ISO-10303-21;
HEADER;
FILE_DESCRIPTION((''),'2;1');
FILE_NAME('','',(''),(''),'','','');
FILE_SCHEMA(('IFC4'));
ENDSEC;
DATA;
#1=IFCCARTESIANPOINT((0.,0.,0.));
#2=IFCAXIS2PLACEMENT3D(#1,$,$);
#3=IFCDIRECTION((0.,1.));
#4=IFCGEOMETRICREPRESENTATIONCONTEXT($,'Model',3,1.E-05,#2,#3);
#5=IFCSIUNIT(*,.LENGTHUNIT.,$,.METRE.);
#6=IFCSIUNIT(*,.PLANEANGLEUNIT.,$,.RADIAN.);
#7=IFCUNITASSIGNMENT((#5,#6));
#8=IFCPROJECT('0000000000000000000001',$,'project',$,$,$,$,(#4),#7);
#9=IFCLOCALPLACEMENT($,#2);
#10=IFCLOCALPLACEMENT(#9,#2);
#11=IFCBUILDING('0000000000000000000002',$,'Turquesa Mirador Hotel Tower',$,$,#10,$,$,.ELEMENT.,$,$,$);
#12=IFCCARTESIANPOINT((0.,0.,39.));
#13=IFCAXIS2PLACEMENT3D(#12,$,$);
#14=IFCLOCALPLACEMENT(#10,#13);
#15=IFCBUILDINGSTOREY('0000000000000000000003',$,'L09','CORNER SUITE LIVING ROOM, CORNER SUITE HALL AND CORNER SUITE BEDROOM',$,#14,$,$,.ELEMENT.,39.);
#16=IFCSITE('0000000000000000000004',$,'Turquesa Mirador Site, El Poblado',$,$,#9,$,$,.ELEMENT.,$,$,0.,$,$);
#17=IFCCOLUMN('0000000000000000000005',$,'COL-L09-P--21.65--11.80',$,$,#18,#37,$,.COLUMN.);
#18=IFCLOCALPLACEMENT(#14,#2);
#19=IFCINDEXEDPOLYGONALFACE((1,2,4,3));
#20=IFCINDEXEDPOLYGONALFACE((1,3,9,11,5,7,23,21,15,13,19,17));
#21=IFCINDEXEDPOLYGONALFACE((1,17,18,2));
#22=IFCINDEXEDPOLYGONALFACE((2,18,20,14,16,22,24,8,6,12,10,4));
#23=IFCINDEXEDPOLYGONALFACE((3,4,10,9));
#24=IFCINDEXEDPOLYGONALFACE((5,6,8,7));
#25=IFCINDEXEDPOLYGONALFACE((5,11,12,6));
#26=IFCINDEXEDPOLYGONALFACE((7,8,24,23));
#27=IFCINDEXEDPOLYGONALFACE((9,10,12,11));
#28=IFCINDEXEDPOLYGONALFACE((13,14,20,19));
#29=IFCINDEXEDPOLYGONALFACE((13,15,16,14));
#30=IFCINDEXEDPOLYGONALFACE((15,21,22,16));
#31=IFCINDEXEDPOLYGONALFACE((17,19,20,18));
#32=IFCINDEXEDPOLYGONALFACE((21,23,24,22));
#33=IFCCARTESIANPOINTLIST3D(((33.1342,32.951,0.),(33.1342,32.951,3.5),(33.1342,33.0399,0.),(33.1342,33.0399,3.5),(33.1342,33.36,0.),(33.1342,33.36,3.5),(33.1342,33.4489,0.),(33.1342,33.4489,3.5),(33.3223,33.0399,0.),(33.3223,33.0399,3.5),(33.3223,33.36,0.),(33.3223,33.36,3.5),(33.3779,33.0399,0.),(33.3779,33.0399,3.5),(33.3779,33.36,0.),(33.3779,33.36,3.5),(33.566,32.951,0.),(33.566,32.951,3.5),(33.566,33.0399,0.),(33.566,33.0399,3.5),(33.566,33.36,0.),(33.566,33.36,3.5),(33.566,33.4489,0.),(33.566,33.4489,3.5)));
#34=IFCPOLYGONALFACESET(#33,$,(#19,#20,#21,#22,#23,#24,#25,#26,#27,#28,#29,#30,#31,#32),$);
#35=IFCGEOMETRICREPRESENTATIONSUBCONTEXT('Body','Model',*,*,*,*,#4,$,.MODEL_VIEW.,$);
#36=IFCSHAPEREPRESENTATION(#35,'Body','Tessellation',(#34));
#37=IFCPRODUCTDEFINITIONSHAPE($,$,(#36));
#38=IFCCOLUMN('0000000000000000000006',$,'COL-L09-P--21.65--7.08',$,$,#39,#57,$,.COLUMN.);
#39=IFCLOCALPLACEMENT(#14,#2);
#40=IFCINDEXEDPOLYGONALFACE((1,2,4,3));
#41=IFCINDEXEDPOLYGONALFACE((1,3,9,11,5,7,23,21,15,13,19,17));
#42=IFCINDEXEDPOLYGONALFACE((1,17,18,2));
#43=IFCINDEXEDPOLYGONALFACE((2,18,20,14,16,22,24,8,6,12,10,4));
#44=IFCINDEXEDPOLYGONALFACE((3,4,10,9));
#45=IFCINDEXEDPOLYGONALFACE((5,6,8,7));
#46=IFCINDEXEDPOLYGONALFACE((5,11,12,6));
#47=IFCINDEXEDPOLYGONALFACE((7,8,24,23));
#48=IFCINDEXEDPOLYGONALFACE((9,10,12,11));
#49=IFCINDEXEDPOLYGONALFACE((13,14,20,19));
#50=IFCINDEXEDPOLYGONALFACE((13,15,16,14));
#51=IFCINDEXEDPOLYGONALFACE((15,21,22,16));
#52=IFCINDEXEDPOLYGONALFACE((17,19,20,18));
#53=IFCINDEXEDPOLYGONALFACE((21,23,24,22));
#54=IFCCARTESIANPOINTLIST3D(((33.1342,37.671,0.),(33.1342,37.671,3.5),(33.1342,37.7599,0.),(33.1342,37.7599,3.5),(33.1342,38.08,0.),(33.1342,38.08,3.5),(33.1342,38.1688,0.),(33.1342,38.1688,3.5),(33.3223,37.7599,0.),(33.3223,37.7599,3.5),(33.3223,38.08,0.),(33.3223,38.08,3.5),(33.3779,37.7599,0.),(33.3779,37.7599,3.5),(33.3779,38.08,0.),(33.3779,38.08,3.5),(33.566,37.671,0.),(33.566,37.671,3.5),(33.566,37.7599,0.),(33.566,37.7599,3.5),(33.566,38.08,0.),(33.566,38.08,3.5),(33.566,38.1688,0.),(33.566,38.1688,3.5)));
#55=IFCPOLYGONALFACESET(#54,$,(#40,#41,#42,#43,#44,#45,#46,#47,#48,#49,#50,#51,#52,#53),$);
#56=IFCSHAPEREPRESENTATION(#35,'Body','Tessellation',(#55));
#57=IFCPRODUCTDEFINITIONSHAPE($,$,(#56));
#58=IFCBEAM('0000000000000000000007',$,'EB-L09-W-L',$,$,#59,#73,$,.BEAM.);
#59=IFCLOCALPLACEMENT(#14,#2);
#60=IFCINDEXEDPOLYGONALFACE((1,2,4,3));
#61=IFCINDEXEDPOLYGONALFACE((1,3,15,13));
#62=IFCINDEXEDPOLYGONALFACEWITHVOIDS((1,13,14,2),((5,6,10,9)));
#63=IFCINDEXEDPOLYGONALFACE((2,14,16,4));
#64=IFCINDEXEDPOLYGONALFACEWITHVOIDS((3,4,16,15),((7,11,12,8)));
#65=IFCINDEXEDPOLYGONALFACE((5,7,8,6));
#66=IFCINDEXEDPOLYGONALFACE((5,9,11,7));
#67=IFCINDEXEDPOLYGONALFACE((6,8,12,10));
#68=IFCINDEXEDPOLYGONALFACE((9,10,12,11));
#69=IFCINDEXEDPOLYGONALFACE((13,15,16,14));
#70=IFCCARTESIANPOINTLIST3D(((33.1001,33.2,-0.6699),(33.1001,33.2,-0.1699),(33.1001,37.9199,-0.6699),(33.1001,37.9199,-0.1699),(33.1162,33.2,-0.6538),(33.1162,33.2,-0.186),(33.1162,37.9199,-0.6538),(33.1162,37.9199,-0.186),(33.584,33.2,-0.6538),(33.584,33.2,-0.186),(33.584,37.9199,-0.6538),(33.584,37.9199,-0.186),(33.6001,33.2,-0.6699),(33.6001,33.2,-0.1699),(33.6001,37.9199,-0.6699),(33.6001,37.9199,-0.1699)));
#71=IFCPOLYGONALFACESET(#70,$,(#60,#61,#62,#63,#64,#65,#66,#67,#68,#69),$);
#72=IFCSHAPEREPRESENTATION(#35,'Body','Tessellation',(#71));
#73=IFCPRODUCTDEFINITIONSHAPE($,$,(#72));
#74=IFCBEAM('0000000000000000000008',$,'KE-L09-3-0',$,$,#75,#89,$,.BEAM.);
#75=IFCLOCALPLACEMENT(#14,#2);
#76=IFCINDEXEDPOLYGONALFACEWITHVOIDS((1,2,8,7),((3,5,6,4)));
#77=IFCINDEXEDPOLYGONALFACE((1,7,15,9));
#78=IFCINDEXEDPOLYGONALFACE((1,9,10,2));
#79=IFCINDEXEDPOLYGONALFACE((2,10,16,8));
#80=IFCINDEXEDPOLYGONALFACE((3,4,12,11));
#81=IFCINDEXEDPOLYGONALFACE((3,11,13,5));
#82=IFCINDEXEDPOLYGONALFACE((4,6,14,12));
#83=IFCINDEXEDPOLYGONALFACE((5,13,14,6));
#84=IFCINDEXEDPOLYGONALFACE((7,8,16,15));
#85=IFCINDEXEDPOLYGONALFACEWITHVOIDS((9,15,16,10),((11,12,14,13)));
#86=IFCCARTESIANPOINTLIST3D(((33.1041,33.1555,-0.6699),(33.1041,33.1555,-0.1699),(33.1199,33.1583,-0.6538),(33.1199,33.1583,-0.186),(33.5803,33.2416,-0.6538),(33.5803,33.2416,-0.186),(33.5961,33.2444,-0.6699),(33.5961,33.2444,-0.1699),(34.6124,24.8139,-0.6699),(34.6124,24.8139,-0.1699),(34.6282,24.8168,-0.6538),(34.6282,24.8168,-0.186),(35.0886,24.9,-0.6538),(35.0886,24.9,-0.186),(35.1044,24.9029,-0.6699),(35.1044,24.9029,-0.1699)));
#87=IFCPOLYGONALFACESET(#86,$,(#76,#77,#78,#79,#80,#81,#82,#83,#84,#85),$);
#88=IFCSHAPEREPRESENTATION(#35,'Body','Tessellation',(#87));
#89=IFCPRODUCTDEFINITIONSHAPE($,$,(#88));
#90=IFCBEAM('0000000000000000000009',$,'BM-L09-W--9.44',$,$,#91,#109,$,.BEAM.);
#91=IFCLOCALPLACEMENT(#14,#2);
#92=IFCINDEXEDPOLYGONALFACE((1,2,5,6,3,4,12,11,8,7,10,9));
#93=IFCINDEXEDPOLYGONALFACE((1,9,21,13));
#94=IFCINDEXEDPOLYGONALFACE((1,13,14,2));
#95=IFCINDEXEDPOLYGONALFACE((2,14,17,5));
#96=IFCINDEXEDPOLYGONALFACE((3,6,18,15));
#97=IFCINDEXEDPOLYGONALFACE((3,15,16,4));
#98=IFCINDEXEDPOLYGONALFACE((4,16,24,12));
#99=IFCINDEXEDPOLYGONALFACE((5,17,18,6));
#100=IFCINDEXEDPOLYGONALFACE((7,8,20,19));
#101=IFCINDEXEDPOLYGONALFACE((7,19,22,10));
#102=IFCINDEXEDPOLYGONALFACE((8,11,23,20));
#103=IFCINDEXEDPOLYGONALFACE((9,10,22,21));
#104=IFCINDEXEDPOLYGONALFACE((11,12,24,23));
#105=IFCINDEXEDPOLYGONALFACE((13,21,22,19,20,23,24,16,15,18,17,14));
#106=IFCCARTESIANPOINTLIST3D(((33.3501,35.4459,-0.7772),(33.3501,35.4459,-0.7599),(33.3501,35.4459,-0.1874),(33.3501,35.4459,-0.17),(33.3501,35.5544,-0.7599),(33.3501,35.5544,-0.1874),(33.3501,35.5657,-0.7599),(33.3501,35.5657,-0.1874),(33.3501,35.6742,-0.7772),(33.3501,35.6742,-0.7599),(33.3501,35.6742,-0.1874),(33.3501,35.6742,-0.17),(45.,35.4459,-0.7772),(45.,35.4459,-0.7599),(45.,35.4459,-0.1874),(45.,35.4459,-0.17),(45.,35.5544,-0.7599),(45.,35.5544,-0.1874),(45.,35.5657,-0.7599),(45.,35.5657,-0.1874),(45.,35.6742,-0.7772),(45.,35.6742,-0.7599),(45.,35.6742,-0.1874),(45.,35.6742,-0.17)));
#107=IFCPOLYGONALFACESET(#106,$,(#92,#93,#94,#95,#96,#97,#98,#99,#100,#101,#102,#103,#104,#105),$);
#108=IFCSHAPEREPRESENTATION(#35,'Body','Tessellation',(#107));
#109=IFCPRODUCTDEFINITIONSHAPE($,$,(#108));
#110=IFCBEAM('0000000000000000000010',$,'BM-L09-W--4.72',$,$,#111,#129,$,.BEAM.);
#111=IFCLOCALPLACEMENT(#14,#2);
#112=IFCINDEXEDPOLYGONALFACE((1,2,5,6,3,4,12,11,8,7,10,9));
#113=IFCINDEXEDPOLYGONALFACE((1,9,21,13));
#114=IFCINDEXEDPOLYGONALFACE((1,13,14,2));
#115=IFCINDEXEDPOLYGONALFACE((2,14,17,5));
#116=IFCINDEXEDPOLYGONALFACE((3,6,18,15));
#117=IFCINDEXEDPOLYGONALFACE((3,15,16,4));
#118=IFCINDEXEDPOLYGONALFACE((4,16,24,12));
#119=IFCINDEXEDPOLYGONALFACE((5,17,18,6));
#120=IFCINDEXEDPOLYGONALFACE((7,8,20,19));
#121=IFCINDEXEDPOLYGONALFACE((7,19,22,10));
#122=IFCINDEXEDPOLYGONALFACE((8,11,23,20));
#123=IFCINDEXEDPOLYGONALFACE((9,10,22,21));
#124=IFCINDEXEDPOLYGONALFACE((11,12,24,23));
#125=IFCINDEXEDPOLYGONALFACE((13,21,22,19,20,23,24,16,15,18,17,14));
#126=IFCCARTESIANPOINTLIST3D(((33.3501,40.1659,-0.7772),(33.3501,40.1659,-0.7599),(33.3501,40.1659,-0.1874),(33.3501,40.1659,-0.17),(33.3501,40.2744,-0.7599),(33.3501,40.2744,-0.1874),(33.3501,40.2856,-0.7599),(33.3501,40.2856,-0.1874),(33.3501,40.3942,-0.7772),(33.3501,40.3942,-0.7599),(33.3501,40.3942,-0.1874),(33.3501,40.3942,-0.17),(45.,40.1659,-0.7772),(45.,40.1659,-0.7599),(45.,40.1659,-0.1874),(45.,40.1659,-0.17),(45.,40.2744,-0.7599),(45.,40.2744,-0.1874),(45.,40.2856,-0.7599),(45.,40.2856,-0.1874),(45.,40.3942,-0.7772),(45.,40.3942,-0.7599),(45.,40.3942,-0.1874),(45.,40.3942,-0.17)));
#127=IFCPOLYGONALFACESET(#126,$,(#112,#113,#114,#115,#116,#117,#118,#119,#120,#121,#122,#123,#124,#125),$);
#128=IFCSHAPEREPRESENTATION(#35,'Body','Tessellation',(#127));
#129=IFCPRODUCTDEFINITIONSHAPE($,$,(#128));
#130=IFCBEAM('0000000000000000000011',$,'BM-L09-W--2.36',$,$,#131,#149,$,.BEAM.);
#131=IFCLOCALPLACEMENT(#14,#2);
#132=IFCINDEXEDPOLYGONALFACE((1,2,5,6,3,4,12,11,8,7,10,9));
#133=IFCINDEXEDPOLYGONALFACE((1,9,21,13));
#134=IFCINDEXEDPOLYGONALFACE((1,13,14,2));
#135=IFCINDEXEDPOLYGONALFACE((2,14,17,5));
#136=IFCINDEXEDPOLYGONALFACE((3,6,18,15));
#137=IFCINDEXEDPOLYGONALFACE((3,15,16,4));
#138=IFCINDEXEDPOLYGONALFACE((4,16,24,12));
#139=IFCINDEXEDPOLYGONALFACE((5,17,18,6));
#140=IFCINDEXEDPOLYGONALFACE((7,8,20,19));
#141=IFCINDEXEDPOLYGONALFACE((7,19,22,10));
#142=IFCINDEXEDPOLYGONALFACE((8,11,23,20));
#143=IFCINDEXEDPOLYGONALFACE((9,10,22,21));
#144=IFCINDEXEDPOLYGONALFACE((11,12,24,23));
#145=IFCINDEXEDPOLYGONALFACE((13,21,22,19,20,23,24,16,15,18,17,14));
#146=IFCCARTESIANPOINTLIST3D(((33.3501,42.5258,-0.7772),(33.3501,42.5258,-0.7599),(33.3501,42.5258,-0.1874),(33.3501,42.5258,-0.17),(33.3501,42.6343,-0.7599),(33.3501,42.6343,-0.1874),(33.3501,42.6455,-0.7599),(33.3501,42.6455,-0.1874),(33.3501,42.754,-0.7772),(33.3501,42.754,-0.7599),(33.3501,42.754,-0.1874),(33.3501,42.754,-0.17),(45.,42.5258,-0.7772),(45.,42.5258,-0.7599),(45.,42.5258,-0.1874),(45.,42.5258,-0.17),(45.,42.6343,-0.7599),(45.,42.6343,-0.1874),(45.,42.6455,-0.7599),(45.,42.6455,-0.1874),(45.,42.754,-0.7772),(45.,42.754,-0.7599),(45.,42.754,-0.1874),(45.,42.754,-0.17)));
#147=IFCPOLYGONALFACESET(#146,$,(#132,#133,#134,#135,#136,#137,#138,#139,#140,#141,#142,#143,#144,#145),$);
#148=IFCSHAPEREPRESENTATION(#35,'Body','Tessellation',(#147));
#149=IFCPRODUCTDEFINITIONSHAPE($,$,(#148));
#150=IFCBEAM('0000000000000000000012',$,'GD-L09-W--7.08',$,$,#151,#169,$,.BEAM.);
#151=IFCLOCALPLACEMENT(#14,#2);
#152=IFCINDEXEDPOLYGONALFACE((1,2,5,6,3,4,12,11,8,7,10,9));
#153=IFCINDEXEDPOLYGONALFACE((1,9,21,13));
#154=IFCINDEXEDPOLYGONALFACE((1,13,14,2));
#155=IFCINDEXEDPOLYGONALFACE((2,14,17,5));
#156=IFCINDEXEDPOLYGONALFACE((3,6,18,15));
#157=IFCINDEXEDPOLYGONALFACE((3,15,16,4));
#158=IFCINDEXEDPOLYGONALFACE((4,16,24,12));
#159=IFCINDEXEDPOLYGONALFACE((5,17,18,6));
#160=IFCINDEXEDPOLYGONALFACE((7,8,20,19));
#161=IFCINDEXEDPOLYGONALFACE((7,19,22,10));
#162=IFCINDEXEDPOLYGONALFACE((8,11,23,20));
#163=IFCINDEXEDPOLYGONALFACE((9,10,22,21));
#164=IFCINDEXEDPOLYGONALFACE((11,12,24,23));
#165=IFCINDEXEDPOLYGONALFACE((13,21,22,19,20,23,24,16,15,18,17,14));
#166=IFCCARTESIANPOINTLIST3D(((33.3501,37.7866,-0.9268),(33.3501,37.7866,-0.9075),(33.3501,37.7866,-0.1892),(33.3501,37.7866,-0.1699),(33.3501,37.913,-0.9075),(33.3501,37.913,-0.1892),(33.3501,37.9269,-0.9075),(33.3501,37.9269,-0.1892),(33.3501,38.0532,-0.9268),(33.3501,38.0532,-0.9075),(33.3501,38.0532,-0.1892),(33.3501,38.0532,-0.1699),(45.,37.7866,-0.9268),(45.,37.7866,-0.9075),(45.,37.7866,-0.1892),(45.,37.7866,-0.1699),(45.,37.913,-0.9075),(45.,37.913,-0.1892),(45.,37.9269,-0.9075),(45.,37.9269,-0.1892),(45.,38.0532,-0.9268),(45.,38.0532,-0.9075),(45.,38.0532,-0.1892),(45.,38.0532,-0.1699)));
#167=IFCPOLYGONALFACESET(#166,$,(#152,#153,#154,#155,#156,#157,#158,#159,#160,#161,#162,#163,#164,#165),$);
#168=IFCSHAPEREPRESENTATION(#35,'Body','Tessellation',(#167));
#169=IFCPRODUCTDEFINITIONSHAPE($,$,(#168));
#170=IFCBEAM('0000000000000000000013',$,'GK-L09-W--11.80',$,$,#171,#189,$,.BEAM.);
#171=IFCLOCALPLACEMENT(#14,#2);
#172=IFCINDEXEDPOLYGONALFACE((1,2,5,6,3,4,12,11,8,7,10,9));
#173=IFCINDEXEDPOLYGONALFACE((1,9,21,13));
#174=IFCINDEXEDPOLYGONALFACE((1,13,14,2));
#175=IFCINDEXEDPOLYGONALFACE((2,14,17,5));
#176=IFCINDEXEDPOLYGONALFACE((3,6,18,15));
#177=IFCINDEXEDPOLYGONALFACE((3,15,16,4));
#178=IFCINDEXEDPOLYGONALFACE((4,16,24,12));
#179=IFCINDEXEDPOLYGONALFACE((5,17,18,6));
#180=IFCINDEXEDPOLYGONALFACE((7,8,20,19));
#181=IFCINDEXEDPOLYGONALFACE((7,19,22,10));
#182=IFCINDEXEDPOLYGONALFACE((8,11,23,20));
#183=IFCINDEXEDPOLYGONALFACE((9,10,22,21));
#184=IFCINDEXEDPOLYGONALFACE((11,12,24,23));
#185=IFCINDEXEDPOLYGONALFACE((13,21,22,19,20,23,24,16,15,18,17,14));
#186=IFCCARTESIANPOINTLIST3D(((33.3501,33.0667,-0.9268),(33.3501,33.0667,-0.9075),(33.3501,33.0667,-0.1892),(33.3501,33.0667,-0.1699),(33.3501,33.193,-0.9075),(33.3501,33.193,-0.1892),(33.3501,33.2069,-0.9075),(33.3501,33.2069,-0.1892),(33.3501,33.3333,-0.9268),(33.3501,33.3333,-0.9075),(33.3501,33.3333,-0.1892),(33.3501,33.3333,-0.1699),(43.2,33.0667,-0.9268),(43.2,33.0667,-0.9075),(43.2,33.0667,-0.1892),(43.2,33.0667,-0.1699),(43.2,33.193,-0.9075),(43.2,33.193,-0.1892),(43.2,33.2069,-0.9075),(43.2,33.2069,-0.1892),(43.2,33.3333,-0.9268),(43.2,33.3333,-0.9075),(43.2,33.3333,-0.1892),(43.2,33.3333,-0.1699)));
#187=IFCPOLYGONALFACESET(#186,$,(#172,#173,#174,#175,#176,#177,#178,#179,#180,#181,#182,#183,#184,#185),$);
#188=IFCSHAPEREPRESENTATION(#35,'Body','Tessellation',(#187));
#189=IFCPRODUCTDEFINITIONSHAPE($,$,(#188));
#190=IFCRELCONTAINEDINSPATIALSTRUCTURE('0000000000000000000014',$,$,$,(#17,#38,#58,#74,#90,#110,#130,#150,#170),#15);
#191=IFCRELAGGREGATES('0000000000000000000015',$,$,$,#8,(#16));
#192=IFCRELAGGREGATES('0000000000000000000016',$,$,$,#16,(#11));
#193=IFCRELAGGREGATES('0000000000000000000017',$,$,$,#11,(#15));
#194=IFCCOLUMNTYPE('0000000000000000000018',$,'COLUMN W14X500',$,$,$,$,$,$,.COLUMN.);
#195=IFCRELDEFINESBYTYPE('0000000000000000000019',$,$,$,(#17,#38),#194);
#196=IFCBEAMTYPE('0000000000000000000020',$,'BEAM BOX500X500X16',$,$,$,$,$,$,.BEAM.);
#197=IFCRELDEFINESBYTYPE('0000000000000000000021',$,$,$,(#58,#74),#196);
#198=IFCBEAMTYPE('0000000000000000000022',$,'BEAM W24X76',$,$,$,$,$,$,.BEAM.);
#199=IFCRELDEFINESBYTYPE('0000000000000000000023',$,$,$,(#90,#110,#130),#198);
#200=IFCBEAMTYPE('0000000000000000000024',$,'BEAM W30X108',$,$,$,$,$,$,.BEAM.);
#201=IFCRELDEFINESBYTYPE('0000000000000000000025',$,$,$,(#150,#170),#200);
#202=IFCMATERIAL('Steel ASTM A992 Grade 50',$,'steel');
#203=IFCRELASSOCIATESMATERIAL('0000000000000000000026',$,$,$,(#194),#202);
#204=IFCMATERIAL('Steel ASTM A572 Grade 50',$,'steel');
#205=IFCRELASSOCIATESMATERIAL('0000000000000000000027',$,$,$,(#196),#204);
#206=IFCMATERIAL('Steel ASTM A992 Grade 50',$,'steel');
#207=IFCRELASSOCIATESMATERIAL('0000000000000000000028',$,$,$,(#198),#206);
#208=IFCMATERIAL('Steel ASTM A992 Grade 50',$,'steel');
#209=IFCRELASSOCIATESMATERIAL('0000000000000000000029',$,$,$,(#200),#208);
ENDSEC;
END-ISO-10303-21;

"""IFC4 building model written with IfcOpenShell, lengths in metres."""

from ifc_helpers import new_model, si_unit, direction, frame, origin, origin_2d, place, context, subcontext, project, spatial, hollow_rectangle, i_section, extrude, material, material_profile, profile_set, type_object, element, save


model = new_model("IFC4")

# Units and contexts
model_context = context("Model", 3, precision=1e-05, world=origin(), true_north=direction((0.0, 1.0)))
body_context = subcontext(model_context, "Body", "Model", "MODEL_VIEW")
ifc_project = project(units=[si_unit("LENGTHUNIT", "METRE"), si_unit("PLANEANGLEUNIT", "RADIAN")], contexts=[model_context])

# Site, building, storey
site_placement = place(None, origin())
site = spatial("IfcSite", under=ifc_project, at=site_placement, Name="Turquesa Mirador Site, El Poblado", CompositionType="ELEMENT", RefElevation=0.0)
building_placement = place(site_placement, origin())
building = spatial("IfcBuilding", under=site, at=building_placement, Name="Turquesa Mirador Hotel Tower", CompositionType="ELEMENT")
storey_placement = place(building_placement, frame((0.0, 0.0, 39.0)))
storey = spatial("IfcBuildingStorey", under=building, at=storey_placement, Name="L09", Description="CORNER SUITE LIVING ROOM, CORNER SUITE HALL AND CORNER SUITE BEDROOM", CompositionType="ELEMENT", Elevation=39.0)

# Columns
ifc_material_1 = material(Name="Steel ASTM A992 Grade 50", Category="steel")
ifc_material_profile_1 = material_profile(ifc_material_1, i_section(OverallWidth=0.4319, OverallDepth=0.4978, WebThickness=0.0557, FlangeThickness=0.0889, at=origin_2d()), Name="W14X500")
ifc_profile_set_1 = profile_set([ifc_material_profile_1], Name="Steel ASTM A992 Grade 50")
column_type = type_object("IfcColumnType", Name="COLUMN W14X500", PredefinedType="COLUMN", material=ifc_profile_set_1)
for number, where, z_axis, x_axis, name in (
    (1, (33.3501, 33.2, 0.0), (0.0, 0.0, 1.0), (1.0, 0.0, 0.0), "COL-L09-P--21.65--11.80"),
    (2, (33.3501, 37.9199, 0.0), (0.0, 0.0, 1.0), (1.0, 0.0, 0.0), "COL-L09-P--21.65--7.08"),
):
    element("IfcColumn", number, at=place(storey_placement, frame(where, z_axis=z_axis, x_axis=x_axis)), inside=storey, type_object=column_type, Name=name, PredefinedType="COLUMN", context=body_context, shape_type="SweptSolid", body=[
        extrude(i_section(OverallWidth=0.4319, OverallDepth=0.4978, WebThickness=0.0557, FlangeThickness=0.0889, at=origin_2d()), origin(), (0.0, 0.0, 1.0), 3.5),
    ])

# Beams
ifc_material_2 = material(Name="Steel ASTM A572 Grade 50", Category="steel")
ifc_material_profile_2 = material_profile(ifc_material_2, hollow_rectangle(XDim=0.5, YDim=0.5, WallThickness=0.0161, at=origin_2d()), Name="BOX500X500X16")
ifc_profile_set_2 = profile_set([ifc_material_profile_2], Name="Steel ASTM A572 Grade 50")
beam_type_1 = type_object("IfcBeamType", Name="BEAM BOX500X500X16", PredefinedType="BEAM", material=ifc_profile_set_2)
beam_1_placement = place(storey_placement, frame((33.3501, 33.2, -0.4199), z_axis=(0.0, 1.0, 0.0), x_axis=(-1.0, 0.0, 0.0)))
element("IfcBeam", 3, at=beam_1_placement, inside=storey, type_object=beam_type_1, Name="EB-L09-W-L", PredefinedType="BEAM", context=body_context, shape_type="SweptSolid", body=[
    extrude(hollow_rectangle(XDim=0.5, YDim=0.5, WallThickness=0.0161, at=origin_2d()), origin(), (0.0, 0.0, 1.0), 4.72),
])
beam_2_placement = place(storey_placement, frame((33.3501, 33.2, -0.4199), z_axis=(0.177932, -0.984043, 0.0), x_axis=(0.984043, 0.177932, 0.0)))
element("IfcBeam", 4, at=beam_2_placement, inside=storey, type_object=beam_type_1, Name="KE-L09-3-0", PredefinedType="BEAM", context=body_context, shape_type="SweptSolid", body=[
    extrude(hollow_rectangle(XDim=0.5, YDim=0.5, WallThickness=0.0161, at=origin_2d()), origin(), (0.0, 0.0, 1.0), 8.4768),
])
ifc_material_3 = material(Name="Steel ASTM A992 Grade 50", Category="steel")
ifc_material_profile_3 = material_profile(ifc_material_3, i_section(OverallWidth=0.2283, OverallDepth=0.6072, WebThickness=0.0112, FlangeThickness=0.0173, at=origin_2d()), Name="W24X76")
ifc_profile_set_3 = profile_set([ifc_material_profile_3], Name="Steel ASTM A992 Grade 50")
beam_type_2 = type_object("IfcBeamType", Name="BEAM W24X76", PredefinedType="BEAM", material=ifc_profile_set_3)
for number, where, z_axis, x_axis, name in (
    (5, (33.3501, 35.5601, -0.4736), (1.0, 0.0, 0.0), (0.0, 1.0, 0.0), "BM-L09-W--9.44"),
    (6, (33.3501, 40.28, -0.4736), (1.0, 0.0, 0.0), (0.0, 1.0, 0.0), "BM-L09-W--4.72"),
    (7, (33.3501, 42.6399, -0.4736), (1.0, 0.0, 0.0), (0.0, 1.0, 0.0), "BM-L09-W--2.36"),
):
    element("IfcBeam", number, at=place(storey_placement, frame(where, z_axis=z_axis, x_axis=x_axis)), inside=storey, type_object=beam_type_2, Name=name, PredefinedType="BEAM", context=body_context, shape_type="SweptSolid", body=[
        extrude(i_section(OverallWidth=0.2283, OverallDepth=0.6072, WebThickness=0.0112, FlangeThickness=0.0173, at=origin_2d()), origin(), (0.0, 0.0, 1.0), 11.6499),
    ])
ifc_material_4 = material(Name="Steel ASTM A992 Grade 50", Category="steel")
ifc_material_profile_4 = material_profile(ifc_material_4, i_section(OverallWidth=0.2666, OverallDepth=0.7568, WebThickness=0.0139, FlangeThickness=0.0193, at=origin_2d()), Name="W30X108")
ifc_profile_set_4 = profile_set([ifc_material_profile_4], Name="Steel ASTM A992 Grade 50")
beam_type_3 = type_object("IfcBeamType", Name="BEAM W30X108", PredefinedType="BEAM", material=ifc_profile_set_4)
beam_3_placement = place(storey_placement, frame((33.3501, 37.9199, -0.5483), z_axis=(1.0, 0.0, 0.0), x_axis=(0.0, 1.0, 0.0)))
element("IfcBeam", 8, at=beam_3_placement, inside=storey, type_object=beam_type_3, Name="GD-L09-W--7.08", PredefinedType="BEAM", context=body_context, shape_type="SweptSolid", body=[
    extrude(i_section(OverallWidth=0.2666, OverallDepth=0.7568, WebThickness=0.0139, FlangeThickness=0.0193, at=origin_2d()), origin(), (0.0, 0.0, 1.0), 11.6499),
])
beam_4_placement = place(storey_placement, frame((33.3501, 33.2, -0.5483), z_axis=(1.0, 0.0, 0.0), x_axis=(0.0, 1.0, 0.0)))
element("IfcBeam", 9, at=beam_4_placement, inside=storey, type_object=beam_type_3, Name="GK-L09-W--11.80", PredefinedType="BEAM", context=body_context, shape_type="SweptSolid", body=[
    extrude(i_section(OverallWidth=0.2666, OverallDepth=0.7568, WebThickness=0.0139, FlangeThickness=0.0193, at=origin_2d()), origin(), (0.0, 0.0, 1.0), 9.8499),
])

save(model, "model.ifc")
